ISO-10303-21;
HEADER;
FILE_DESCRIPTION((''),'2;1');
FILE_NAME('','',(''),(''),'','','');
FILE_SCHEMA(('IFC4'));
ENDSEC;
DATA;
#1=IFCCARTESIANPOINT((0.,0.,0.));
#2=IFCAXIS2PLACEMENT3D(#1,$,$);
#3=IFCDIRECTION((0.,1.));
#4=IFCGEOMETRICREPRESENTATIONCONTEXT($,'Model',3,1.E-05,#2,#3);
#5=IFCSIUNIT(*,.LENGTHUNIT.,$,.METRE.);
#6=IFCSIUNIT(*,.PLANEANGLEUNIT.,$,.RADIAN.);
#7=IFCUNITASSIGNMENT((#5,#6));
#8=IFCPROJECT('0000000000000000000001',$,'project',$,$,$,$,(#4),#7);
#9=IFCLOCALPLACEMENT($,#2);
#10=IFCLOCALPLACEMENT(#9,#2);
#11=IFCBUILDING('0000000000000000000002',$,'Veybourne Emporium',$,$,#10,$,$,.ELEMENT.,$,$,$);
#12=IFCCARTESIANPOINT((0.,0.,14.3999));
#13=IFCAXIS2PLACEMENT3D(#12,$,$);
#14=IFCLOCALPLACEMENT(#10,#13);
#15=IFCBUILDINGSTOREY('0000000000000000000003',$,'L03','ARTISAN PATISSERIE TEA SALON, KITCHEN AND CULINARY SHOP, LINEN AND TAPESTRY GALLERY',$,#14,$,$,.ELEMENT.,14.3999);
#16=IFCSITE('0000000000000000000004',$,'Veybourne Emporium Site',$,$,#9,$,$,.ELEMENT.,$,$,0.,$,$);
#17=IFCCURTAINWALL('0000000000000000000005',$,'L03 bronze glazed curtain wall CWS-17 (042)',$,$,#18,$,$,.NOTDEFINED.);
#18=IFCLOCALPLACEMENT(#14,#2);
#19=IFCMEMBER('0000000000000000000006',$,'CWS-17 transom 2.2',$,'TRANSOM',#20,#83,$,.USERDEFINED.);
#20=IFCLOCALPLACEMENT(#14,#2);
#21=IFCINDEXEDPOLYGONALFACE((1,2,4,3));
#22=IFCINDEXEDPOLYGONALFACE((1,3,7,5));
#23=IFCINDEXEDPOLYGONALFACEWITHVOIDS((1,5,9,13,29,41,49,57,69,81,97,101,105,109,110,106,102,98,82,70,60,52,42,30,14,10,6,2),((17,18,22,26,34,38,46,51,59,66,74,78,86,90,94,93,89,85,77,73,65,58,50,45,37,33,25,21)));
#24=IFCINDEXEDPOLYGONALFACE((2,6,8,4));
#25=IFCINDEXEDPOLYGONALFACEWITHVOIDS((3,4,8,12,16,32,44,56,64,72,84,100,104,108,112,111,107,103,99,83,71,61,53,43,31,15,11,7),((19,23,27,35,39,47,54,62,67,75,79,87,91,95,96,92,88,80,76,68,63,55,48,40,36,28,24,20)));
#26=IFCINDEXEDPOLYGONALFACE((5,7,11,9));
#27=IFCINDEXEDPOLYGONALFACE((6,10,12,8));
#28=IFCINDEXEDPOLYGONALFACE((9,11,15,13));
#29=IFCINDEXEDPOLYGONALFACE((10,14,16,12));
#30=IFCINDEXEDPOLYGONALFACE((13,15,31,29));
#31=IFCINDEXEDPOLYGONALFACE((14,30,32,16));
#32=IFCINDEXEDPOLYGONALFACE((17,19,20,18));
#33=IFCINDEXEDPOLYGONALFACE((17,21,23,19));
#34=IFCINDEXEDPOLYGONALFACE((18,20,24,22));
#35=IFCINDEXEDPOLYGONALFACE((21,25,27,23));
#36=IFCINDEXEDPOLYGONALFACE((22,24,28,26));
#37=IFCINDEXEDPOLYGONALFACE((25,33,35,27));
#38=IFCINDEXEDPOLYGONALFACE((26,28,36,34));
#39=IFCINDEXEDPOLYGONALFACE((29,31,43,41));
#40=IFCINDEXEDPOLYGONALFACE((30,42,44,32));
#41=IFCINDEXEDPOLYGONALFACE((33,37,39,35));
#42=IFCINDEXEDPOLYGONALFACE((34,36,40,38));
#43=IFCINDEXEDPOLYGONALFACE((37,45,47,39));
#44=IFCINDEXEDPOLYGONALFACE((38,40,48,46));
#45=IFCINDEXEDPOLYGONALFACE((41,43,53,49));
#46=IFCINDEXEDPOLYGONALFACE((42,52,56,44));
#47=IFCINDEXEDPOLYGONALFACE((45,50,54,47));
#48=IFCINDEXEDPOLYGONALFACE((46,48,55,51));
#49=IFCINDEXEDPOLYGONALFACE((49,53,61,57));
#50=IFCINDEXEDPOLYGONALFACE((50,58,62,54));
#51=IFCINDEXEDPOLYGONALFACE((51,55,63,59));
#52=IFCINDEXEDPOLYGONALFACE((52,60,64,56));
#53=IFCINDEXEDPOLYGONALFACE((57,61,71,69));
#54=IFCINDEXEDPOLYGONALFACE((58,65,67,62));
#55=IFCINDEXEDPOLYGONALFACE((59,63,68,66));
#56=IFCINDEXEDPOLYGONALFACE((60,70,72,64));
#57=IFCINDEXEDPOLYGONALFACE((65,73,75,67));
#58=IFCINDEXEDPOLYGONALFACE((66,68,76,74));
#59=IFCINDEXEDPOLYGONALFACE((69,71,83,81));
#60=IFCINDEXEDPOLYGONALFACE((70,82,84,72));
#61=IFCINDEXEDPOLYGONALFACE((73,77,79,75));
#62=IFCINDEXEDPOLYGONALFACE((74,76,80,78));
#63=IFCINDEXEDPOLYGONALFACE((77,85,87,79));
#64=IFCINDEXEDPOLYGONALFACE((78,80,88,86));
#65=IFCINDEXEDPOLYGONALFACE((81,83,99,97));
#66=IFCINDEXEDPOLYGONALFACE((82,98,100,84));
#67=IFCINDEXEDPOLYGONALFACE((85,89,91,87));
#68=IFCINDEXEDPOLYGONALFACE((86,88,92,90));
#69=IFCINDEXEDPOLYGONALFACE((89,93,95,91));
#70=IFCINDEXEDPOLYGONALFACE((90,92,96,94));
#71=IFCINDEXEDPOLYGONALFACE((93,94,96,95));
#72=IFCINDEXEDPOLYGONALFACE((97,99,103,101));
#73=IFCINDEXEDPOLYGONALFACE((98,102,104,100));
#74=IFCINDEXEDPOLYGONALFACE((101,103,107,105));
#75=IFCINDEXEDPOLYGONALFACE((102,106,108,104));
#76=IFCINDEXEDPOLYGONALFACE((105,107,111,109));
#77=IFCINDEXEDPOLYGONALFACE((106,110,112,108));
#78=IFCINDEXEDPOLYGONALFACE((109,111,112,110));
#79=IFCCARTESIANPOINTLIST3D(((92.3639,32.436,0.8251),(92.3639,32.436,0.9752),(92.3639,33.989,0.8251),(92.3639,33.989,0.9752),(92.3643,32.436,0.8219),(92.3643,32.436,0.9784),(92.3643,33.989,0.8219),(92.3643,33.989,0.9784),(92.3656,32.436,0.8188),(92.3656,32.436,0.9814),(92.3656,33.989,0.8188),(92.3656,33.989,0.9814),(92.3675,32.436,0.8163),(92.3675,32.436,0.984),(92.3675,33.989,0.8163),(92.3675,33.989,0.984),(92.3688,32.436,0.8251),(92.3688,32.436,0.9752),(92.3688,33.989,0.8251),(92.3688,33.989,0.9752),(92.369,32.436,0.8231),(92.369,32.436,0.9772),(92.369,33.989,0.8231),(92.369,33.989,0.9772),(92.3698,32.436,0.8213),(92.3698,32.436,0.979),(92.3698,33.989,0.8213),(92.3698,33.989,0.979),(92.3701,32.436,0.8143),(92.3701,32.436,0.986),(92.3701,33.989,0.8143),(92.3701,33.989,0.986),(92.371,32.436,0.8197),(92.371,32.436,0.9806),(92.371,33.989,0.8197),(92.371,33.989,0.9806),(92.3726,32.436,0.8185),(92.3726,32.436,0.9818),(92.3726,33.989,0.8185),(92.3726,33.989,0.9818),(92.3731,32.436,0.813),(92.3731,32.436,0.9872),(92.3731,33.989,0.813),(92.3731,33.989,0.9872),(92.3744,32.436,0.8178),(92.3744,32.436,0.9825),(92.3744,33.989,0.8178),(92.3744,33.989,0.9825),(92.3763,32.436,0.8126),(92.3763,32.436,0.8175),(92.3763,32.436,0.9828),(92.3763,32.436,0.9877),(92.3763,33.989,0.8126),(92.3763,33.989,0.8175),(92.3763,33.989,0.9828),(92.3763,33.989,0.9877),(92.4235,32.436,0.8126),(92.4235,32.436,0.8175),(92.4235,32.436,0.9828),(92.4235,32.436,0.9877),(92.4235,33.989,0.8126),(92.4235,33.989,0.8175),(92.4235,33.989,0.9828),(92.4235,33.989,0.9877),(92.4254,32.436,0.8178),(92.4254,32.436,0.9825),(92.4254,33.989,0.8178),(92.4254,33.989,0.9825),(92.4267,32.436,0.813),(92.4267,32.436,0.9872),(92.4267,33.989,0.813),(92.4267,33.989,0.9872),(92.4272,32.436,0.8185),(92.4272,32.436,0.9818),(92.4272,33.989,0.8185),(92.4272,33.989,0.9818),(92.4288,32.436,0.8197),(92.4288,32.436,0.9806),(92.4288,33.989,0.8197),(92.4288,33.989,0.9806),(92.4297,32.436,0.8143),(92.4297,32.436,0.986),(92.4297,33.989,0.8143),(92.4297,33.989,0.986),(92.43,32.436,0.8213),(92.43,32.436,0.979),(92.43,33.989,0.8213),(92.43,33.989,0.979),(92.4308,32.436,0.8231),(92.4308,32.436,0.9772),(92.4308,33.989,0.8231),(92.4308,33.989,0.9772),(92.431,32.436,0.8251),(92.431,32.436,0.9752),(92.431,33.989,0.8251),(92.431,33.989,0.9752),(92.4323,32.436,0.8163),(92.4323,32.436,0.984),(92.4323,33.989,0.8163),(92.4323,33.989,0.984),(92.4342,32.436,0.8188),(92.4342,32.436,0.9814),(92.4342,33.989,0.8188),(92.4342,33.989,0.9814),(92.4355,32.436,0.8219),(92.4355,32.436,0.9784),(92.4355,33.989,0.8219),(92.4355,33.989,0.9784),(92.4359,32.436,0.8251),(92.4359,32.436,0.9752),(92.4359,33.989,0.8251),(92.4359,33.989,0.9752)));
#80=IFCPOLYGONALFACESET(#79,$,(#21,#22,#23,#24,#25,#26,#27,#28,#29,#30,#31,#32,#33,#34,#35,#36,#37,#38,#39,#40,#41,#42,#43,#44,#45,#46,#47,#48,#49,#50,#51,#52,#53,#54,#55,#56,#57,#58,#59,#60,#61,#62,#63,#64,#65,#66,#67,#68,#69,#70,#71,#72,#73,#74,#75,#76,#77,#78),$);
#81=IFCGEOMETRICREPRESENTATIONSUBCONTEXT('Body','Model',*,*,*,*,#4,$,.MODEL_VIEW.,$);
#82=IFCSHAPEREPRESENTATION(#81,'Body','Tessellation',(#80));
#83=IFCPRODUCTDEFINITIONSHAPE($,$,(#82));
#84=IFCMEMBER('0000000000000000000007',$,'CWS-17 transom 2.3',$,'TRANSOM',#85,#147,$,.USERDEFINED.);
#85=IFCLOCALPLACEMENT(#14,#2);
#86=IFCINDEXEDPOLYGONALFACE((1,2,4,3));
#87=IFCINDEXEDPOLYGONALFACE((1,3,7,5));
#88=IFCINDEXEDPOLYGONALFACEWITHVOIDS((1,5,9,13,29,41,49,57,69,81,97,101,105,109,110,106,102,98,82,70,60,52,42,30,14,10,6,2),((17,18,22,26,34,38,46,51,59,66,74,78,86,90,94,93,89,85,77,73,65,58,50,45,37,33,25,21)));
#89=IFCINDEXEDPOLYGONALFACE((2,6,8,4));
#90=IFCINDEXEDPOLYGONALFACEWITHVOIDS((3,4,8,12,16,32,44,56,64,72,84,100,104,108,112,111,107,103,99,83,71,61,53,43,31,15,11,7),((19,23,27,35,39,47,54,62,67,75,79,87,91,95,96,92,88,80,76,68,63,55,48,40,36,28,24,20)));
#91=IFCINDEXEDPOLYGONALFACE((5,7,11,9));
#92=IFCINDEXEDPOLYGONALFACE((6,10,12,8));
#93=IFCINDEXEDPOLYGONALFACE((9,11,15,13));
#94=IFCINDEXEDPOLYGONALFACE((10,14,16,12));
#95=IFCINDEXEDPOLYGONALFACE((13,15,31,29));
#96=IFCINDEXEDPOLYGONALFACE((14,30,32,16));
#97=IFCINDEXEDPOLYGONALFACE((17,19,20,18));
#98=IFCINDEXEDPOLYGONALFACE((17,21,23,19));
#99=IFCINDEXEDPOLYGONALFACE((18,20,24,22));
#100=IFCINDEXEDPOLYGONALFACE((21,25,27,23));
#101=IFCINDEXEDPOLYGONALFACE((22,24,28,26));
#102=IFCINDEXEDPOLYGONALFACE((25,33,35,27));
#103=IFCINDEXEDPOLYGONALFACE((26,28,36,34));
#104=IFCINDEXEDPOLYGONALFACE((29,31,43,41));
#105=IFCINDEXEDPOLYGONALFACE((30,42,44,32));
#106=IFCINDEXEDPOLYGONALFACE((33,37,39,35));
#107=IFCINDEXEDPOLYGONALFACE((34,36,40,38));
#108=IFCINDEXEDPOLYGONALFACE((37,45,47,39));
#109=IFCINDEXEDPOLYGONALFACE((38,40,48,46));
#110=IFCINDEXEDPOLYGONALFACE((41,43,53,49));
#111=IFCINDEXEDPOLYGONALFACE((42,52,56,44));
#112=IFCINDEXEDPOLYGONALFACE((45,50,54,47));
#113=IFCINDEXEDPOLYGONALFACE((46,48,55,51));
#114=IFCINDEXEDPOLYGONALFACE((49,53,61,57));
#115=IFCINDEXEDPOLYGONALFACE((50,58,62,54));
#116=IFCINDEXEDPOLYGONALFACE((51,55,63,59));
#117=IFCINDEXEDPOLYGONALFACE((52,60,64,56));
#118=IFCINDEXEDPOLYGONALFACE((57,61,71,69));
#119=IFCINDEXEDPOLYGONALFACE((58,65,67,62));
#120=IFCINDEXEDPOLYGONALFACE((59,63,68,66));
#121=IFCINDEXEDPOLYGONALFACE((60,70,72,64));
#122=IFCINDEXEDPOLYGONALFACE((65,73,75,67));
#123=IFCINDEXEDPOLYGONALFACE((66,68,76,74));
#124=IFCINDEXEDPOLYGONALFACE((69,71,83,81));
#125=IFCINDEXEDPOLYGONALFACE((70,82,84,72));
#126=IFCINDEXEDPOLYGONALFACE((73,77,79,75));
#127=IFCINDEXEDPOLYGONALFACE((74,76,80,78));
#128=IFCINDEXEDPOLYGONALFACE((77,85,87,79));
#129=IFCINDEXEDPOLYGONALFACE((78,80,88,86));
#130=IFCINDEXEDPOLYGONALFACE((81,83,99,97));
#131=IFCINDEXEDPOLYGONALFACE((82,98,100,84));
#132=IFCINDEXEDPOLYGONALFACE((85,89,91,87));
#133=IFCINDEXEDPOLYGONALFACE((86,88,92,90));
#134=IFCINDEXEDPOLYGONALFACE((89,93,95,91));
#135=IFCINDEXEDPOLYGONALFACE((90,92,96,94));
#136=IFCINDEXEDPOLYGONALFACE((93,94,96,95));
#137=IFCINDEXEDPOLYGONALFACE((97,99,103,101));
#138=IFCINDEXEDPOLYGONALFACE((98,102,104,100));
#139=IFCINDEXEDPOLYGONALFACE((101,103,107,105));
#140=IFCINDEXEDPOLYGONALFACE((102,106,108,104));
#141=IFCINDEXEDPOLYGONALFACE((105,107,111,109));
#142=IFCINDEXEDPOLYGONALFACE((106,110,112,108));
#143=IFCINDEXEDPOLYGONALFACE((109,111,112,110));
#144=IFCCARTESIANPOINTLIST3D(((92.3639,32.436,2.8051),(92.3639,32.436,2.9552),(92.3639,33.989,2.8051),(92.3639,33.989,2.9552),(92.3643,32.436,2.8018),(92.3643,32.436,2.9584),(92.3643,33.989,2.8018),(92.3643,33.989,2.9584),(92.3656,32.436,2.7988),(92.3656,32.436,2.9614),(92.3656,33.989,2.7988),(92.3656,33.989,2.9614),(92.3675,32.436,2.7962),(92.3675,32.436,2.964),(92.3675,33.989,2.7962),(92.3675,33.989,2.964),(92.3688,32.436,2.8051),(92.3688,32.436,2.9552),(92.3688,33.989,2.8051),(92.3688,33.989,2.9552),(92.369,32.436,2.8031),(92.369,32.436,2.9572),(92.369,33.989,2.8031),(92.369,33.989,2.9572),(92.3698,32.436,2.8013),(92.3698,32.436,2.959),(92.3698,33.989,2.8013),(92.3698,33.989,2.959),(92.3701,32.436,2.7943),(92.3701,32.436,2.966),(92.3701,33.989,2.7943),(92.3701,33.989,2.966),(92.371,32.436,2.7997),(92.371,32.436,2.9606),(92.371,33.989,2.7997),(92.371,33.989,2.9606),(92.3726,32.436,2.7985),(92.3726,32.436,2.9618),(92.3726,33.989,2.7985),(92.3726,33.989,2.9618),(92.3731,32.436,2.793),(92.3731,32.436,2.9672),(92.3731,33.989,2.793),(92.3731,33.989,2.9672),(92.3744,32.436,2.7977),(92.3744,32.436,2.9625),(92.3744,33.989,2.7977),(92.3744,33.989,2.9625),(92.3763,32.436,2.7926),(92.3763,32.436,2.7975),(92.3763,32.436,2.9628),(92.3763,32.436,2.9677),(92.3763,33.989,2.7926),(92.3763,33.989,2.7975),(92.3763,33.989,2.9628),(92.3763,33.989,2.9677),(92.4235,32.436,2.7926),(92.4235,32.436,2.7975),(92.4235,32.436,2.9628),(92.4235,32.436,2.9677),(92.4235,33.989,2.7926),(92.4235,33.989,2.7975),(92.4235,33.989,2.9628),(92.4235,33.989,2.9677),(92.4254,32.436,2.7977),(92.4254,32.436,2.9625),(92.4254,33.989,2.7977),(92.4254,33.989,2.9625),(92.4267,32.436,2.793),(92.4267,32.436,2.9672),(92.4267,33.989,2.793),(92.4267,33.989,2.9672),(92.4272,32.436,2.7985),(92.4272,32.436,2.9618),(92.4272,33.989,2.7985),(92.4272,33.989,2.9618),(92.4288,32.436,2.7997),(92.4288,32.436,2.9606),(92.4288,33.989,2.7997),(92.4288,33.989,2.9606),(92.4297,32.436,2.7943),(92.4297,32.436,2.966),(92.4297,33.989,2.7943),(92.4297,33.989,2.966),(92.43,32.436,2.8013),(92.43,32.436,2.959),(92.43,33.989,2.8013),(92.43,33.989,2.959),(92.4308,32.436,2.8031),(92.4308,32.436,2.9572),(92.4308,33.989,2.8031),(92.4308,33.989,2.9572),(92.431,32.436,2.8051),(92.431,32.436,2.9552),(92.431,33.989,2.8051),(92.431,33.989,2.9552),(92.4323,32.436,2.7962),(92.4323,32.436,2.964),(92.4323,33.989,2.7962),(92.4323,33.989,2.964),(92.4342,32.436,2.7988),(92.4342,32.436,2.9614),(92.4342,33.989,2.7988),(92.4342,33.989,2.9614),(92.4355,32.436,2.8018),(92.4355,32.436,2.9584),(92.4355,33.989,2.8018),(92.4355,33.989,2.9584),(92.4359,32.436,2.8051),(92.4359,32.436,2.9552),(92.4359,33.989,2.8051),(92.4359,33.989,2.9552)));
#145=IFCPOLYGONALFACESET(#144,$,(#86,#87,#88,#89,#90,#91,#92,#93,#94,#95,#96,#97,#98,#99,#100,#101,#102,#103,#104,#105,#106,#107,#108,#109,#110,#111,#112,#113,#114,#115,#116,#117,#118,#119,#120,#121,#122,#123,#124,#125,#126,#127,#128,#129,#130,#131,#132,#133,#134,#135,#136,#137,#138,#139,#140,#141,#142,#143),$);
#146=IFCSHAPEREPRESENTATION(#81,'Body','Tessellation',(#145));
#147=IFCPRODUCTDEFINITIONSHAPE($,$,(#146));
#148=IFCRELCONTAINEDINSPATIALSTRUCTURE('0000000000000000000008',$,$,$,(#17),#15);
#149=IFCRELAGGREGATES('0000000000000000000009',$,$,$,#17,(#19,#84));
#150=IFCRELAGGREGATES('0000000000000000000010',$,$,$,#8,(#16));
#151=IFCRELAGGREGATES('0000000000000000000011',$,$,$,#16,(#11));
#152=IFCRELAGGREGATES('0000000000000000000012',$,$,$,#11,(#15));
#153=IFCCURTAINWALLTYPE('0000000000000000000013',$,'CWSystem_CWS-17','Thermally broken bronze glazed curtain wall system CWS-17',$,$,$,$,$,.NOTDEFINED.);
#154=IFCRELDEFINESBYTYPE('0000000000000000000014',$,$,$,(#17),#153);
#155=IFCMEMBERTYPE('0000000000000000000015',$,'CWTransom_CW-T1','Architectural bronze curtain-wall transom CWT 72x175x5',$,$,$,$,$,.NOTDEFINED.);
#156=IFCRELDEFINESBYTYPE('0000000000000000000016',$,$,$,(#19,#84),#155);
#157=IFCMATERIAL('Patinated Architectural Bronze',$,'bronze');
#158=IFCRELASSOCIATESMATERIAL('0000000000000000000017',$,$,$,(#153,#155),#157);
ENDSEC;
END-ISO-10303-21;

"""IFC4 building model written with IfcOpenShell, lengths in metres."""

from ifc_helpers import new_model, si_unit, direction, frame, origin, origin_2d, place, context, subcontext, project, spatial, hollow_rectangle, extrude, material, material_profile, profile_set, type_object, element, aggregate, save


model = new_model("IFC4")

# Units and contexts
model_context = context("Model", 3, precision=1e-05, world=origin(), true_north=direction((0.0, 1.0)))
body_context = subcontext(model_context, "Body", "Model", "MODEL_VIEW")
ifc_project = project(units=[si_unit("LENGTHUNIT", "METRE"), si_unit("PLANEANGLEUNIT", "RADIAN")], contexts=[model_context])

# Site, building, storey
site_placement = place(None, origin())
site = spatial("IfcSite", under=ifc_project, at=site_placement, Name="Veybourne Emporium Site", CompositionType="ELEMENT", RefElevation=0.0)
building_placement = place(site_placement, origin())
building = spatial("IfcBuilding", under=site, at=building_placement, Name="Veybourne Emporium", CompositionType="ELEMENT")
storey_placement = place(building_placement, frame((0.0, 0.0, 14.3999)))
storey = spatial("IfcBuildingStorey", under=building, at=storey_placement, Name="L03", Description="ARTISAN PATISSERIE TEA SALON, KITCHEN AND CULINARY SHOP, LINEN AND TAPESTRY GALLERY", CompositionType="ELEMENT", Elevation=14.3999)

# Curtain wall, members
ifc_material_1 = material(Name="Patinated Architectural Bronze", Category="bronze")
curtain_wall_type = type_object("IfcCurtainWallType", Name="CWSystem_CWS-17", Description="Thermally broken bronze glazed curtain wall system CWS-17", PredefinedType="NOTDEFINED", material=ifc_material_1)
curtain_wall_placement = place(storey_placement, origin())
curtain_wall = element("IfcCurtainWall", 1, at=curtain_wall_placement, inside=storey, type_object=curtain_wall_type, Name="L03 bronze glazed curtain wall CWS-17 (042)", PredefinedType="NOTDEFINED")
ifc_material_profile_1 = material_profile(ifc_material_1, hollow_rectangle(XDim=0.072, YDim=0.175, WallThickness=0.0049, InnerFilletRadius=0.0076, OuterFilletRadius=0.0125, at=origin_2d()), Name="CWT 72x175x5")
ifc_profile_set_1 = profile_set([ifc_material_profile_1], Name="Patinated Architectural Bronze")
member_type_1 = type_object("IfcMemberType", Name="CWTransom_CW-T1", Description="Architectural bronze curtain-wall transom CWT 72x175x5", PredefinedType="NOTDEFINED", material=ifc_profile_set_1)
member_1_placement = place(storey_placement, frame((92.3999, 33.989, 0.9001), z_axis=(0.0, -1.0, 0.0), x_axis=(1.0, 0.0, 0.0)))
member_1 = element("IfcMember", 2, at=member_1_placement, type_object=member_type_1, Name="CWS-17 transom 2.2", ObjectType="TRANSOM", PredefinedType="USERDEFINED", context=body_context, shape_type="SweptSolid", body=[
    extrude(hollow_rectangle(XDim=0.072, YDim=0.175, WallThickness=0.0049, InnerFilletRadius=0.0076, OuterFilletRadius=0.0125, at=origin_2d()), origin(), (0.0, 0.0, 1.0), 1.553),
])
member_2_placement = place(storey_placement, frame((92.3999, 33.989, 2.8801), z_axis=(0.0, -1.0, 0.0), x_axis=(1.0, 0.0, 0.0)))
member_2 = element("IfcMember", 3, at=member_2_placement, type_object=member_type_1, Name="CWS-17 transom 2.3", ObjectType="TRANSOM", PredefinedType="USERDEFINED", context=body_context, shape_type="SweptSolid", body=[
    extrude(hollow_rectangle(XDim=0.072, YDim=0.175, WallThickness=0.0049, InnerFilletRadius=0.0076, OuterFilletRadius=0.0125, at=origin_2d()), origin(), (0.0, 0.0, 1.0), 1.553),
])

aggregate(curtain_wall, [member_1, member_2])

save(model, "model.ifc")
